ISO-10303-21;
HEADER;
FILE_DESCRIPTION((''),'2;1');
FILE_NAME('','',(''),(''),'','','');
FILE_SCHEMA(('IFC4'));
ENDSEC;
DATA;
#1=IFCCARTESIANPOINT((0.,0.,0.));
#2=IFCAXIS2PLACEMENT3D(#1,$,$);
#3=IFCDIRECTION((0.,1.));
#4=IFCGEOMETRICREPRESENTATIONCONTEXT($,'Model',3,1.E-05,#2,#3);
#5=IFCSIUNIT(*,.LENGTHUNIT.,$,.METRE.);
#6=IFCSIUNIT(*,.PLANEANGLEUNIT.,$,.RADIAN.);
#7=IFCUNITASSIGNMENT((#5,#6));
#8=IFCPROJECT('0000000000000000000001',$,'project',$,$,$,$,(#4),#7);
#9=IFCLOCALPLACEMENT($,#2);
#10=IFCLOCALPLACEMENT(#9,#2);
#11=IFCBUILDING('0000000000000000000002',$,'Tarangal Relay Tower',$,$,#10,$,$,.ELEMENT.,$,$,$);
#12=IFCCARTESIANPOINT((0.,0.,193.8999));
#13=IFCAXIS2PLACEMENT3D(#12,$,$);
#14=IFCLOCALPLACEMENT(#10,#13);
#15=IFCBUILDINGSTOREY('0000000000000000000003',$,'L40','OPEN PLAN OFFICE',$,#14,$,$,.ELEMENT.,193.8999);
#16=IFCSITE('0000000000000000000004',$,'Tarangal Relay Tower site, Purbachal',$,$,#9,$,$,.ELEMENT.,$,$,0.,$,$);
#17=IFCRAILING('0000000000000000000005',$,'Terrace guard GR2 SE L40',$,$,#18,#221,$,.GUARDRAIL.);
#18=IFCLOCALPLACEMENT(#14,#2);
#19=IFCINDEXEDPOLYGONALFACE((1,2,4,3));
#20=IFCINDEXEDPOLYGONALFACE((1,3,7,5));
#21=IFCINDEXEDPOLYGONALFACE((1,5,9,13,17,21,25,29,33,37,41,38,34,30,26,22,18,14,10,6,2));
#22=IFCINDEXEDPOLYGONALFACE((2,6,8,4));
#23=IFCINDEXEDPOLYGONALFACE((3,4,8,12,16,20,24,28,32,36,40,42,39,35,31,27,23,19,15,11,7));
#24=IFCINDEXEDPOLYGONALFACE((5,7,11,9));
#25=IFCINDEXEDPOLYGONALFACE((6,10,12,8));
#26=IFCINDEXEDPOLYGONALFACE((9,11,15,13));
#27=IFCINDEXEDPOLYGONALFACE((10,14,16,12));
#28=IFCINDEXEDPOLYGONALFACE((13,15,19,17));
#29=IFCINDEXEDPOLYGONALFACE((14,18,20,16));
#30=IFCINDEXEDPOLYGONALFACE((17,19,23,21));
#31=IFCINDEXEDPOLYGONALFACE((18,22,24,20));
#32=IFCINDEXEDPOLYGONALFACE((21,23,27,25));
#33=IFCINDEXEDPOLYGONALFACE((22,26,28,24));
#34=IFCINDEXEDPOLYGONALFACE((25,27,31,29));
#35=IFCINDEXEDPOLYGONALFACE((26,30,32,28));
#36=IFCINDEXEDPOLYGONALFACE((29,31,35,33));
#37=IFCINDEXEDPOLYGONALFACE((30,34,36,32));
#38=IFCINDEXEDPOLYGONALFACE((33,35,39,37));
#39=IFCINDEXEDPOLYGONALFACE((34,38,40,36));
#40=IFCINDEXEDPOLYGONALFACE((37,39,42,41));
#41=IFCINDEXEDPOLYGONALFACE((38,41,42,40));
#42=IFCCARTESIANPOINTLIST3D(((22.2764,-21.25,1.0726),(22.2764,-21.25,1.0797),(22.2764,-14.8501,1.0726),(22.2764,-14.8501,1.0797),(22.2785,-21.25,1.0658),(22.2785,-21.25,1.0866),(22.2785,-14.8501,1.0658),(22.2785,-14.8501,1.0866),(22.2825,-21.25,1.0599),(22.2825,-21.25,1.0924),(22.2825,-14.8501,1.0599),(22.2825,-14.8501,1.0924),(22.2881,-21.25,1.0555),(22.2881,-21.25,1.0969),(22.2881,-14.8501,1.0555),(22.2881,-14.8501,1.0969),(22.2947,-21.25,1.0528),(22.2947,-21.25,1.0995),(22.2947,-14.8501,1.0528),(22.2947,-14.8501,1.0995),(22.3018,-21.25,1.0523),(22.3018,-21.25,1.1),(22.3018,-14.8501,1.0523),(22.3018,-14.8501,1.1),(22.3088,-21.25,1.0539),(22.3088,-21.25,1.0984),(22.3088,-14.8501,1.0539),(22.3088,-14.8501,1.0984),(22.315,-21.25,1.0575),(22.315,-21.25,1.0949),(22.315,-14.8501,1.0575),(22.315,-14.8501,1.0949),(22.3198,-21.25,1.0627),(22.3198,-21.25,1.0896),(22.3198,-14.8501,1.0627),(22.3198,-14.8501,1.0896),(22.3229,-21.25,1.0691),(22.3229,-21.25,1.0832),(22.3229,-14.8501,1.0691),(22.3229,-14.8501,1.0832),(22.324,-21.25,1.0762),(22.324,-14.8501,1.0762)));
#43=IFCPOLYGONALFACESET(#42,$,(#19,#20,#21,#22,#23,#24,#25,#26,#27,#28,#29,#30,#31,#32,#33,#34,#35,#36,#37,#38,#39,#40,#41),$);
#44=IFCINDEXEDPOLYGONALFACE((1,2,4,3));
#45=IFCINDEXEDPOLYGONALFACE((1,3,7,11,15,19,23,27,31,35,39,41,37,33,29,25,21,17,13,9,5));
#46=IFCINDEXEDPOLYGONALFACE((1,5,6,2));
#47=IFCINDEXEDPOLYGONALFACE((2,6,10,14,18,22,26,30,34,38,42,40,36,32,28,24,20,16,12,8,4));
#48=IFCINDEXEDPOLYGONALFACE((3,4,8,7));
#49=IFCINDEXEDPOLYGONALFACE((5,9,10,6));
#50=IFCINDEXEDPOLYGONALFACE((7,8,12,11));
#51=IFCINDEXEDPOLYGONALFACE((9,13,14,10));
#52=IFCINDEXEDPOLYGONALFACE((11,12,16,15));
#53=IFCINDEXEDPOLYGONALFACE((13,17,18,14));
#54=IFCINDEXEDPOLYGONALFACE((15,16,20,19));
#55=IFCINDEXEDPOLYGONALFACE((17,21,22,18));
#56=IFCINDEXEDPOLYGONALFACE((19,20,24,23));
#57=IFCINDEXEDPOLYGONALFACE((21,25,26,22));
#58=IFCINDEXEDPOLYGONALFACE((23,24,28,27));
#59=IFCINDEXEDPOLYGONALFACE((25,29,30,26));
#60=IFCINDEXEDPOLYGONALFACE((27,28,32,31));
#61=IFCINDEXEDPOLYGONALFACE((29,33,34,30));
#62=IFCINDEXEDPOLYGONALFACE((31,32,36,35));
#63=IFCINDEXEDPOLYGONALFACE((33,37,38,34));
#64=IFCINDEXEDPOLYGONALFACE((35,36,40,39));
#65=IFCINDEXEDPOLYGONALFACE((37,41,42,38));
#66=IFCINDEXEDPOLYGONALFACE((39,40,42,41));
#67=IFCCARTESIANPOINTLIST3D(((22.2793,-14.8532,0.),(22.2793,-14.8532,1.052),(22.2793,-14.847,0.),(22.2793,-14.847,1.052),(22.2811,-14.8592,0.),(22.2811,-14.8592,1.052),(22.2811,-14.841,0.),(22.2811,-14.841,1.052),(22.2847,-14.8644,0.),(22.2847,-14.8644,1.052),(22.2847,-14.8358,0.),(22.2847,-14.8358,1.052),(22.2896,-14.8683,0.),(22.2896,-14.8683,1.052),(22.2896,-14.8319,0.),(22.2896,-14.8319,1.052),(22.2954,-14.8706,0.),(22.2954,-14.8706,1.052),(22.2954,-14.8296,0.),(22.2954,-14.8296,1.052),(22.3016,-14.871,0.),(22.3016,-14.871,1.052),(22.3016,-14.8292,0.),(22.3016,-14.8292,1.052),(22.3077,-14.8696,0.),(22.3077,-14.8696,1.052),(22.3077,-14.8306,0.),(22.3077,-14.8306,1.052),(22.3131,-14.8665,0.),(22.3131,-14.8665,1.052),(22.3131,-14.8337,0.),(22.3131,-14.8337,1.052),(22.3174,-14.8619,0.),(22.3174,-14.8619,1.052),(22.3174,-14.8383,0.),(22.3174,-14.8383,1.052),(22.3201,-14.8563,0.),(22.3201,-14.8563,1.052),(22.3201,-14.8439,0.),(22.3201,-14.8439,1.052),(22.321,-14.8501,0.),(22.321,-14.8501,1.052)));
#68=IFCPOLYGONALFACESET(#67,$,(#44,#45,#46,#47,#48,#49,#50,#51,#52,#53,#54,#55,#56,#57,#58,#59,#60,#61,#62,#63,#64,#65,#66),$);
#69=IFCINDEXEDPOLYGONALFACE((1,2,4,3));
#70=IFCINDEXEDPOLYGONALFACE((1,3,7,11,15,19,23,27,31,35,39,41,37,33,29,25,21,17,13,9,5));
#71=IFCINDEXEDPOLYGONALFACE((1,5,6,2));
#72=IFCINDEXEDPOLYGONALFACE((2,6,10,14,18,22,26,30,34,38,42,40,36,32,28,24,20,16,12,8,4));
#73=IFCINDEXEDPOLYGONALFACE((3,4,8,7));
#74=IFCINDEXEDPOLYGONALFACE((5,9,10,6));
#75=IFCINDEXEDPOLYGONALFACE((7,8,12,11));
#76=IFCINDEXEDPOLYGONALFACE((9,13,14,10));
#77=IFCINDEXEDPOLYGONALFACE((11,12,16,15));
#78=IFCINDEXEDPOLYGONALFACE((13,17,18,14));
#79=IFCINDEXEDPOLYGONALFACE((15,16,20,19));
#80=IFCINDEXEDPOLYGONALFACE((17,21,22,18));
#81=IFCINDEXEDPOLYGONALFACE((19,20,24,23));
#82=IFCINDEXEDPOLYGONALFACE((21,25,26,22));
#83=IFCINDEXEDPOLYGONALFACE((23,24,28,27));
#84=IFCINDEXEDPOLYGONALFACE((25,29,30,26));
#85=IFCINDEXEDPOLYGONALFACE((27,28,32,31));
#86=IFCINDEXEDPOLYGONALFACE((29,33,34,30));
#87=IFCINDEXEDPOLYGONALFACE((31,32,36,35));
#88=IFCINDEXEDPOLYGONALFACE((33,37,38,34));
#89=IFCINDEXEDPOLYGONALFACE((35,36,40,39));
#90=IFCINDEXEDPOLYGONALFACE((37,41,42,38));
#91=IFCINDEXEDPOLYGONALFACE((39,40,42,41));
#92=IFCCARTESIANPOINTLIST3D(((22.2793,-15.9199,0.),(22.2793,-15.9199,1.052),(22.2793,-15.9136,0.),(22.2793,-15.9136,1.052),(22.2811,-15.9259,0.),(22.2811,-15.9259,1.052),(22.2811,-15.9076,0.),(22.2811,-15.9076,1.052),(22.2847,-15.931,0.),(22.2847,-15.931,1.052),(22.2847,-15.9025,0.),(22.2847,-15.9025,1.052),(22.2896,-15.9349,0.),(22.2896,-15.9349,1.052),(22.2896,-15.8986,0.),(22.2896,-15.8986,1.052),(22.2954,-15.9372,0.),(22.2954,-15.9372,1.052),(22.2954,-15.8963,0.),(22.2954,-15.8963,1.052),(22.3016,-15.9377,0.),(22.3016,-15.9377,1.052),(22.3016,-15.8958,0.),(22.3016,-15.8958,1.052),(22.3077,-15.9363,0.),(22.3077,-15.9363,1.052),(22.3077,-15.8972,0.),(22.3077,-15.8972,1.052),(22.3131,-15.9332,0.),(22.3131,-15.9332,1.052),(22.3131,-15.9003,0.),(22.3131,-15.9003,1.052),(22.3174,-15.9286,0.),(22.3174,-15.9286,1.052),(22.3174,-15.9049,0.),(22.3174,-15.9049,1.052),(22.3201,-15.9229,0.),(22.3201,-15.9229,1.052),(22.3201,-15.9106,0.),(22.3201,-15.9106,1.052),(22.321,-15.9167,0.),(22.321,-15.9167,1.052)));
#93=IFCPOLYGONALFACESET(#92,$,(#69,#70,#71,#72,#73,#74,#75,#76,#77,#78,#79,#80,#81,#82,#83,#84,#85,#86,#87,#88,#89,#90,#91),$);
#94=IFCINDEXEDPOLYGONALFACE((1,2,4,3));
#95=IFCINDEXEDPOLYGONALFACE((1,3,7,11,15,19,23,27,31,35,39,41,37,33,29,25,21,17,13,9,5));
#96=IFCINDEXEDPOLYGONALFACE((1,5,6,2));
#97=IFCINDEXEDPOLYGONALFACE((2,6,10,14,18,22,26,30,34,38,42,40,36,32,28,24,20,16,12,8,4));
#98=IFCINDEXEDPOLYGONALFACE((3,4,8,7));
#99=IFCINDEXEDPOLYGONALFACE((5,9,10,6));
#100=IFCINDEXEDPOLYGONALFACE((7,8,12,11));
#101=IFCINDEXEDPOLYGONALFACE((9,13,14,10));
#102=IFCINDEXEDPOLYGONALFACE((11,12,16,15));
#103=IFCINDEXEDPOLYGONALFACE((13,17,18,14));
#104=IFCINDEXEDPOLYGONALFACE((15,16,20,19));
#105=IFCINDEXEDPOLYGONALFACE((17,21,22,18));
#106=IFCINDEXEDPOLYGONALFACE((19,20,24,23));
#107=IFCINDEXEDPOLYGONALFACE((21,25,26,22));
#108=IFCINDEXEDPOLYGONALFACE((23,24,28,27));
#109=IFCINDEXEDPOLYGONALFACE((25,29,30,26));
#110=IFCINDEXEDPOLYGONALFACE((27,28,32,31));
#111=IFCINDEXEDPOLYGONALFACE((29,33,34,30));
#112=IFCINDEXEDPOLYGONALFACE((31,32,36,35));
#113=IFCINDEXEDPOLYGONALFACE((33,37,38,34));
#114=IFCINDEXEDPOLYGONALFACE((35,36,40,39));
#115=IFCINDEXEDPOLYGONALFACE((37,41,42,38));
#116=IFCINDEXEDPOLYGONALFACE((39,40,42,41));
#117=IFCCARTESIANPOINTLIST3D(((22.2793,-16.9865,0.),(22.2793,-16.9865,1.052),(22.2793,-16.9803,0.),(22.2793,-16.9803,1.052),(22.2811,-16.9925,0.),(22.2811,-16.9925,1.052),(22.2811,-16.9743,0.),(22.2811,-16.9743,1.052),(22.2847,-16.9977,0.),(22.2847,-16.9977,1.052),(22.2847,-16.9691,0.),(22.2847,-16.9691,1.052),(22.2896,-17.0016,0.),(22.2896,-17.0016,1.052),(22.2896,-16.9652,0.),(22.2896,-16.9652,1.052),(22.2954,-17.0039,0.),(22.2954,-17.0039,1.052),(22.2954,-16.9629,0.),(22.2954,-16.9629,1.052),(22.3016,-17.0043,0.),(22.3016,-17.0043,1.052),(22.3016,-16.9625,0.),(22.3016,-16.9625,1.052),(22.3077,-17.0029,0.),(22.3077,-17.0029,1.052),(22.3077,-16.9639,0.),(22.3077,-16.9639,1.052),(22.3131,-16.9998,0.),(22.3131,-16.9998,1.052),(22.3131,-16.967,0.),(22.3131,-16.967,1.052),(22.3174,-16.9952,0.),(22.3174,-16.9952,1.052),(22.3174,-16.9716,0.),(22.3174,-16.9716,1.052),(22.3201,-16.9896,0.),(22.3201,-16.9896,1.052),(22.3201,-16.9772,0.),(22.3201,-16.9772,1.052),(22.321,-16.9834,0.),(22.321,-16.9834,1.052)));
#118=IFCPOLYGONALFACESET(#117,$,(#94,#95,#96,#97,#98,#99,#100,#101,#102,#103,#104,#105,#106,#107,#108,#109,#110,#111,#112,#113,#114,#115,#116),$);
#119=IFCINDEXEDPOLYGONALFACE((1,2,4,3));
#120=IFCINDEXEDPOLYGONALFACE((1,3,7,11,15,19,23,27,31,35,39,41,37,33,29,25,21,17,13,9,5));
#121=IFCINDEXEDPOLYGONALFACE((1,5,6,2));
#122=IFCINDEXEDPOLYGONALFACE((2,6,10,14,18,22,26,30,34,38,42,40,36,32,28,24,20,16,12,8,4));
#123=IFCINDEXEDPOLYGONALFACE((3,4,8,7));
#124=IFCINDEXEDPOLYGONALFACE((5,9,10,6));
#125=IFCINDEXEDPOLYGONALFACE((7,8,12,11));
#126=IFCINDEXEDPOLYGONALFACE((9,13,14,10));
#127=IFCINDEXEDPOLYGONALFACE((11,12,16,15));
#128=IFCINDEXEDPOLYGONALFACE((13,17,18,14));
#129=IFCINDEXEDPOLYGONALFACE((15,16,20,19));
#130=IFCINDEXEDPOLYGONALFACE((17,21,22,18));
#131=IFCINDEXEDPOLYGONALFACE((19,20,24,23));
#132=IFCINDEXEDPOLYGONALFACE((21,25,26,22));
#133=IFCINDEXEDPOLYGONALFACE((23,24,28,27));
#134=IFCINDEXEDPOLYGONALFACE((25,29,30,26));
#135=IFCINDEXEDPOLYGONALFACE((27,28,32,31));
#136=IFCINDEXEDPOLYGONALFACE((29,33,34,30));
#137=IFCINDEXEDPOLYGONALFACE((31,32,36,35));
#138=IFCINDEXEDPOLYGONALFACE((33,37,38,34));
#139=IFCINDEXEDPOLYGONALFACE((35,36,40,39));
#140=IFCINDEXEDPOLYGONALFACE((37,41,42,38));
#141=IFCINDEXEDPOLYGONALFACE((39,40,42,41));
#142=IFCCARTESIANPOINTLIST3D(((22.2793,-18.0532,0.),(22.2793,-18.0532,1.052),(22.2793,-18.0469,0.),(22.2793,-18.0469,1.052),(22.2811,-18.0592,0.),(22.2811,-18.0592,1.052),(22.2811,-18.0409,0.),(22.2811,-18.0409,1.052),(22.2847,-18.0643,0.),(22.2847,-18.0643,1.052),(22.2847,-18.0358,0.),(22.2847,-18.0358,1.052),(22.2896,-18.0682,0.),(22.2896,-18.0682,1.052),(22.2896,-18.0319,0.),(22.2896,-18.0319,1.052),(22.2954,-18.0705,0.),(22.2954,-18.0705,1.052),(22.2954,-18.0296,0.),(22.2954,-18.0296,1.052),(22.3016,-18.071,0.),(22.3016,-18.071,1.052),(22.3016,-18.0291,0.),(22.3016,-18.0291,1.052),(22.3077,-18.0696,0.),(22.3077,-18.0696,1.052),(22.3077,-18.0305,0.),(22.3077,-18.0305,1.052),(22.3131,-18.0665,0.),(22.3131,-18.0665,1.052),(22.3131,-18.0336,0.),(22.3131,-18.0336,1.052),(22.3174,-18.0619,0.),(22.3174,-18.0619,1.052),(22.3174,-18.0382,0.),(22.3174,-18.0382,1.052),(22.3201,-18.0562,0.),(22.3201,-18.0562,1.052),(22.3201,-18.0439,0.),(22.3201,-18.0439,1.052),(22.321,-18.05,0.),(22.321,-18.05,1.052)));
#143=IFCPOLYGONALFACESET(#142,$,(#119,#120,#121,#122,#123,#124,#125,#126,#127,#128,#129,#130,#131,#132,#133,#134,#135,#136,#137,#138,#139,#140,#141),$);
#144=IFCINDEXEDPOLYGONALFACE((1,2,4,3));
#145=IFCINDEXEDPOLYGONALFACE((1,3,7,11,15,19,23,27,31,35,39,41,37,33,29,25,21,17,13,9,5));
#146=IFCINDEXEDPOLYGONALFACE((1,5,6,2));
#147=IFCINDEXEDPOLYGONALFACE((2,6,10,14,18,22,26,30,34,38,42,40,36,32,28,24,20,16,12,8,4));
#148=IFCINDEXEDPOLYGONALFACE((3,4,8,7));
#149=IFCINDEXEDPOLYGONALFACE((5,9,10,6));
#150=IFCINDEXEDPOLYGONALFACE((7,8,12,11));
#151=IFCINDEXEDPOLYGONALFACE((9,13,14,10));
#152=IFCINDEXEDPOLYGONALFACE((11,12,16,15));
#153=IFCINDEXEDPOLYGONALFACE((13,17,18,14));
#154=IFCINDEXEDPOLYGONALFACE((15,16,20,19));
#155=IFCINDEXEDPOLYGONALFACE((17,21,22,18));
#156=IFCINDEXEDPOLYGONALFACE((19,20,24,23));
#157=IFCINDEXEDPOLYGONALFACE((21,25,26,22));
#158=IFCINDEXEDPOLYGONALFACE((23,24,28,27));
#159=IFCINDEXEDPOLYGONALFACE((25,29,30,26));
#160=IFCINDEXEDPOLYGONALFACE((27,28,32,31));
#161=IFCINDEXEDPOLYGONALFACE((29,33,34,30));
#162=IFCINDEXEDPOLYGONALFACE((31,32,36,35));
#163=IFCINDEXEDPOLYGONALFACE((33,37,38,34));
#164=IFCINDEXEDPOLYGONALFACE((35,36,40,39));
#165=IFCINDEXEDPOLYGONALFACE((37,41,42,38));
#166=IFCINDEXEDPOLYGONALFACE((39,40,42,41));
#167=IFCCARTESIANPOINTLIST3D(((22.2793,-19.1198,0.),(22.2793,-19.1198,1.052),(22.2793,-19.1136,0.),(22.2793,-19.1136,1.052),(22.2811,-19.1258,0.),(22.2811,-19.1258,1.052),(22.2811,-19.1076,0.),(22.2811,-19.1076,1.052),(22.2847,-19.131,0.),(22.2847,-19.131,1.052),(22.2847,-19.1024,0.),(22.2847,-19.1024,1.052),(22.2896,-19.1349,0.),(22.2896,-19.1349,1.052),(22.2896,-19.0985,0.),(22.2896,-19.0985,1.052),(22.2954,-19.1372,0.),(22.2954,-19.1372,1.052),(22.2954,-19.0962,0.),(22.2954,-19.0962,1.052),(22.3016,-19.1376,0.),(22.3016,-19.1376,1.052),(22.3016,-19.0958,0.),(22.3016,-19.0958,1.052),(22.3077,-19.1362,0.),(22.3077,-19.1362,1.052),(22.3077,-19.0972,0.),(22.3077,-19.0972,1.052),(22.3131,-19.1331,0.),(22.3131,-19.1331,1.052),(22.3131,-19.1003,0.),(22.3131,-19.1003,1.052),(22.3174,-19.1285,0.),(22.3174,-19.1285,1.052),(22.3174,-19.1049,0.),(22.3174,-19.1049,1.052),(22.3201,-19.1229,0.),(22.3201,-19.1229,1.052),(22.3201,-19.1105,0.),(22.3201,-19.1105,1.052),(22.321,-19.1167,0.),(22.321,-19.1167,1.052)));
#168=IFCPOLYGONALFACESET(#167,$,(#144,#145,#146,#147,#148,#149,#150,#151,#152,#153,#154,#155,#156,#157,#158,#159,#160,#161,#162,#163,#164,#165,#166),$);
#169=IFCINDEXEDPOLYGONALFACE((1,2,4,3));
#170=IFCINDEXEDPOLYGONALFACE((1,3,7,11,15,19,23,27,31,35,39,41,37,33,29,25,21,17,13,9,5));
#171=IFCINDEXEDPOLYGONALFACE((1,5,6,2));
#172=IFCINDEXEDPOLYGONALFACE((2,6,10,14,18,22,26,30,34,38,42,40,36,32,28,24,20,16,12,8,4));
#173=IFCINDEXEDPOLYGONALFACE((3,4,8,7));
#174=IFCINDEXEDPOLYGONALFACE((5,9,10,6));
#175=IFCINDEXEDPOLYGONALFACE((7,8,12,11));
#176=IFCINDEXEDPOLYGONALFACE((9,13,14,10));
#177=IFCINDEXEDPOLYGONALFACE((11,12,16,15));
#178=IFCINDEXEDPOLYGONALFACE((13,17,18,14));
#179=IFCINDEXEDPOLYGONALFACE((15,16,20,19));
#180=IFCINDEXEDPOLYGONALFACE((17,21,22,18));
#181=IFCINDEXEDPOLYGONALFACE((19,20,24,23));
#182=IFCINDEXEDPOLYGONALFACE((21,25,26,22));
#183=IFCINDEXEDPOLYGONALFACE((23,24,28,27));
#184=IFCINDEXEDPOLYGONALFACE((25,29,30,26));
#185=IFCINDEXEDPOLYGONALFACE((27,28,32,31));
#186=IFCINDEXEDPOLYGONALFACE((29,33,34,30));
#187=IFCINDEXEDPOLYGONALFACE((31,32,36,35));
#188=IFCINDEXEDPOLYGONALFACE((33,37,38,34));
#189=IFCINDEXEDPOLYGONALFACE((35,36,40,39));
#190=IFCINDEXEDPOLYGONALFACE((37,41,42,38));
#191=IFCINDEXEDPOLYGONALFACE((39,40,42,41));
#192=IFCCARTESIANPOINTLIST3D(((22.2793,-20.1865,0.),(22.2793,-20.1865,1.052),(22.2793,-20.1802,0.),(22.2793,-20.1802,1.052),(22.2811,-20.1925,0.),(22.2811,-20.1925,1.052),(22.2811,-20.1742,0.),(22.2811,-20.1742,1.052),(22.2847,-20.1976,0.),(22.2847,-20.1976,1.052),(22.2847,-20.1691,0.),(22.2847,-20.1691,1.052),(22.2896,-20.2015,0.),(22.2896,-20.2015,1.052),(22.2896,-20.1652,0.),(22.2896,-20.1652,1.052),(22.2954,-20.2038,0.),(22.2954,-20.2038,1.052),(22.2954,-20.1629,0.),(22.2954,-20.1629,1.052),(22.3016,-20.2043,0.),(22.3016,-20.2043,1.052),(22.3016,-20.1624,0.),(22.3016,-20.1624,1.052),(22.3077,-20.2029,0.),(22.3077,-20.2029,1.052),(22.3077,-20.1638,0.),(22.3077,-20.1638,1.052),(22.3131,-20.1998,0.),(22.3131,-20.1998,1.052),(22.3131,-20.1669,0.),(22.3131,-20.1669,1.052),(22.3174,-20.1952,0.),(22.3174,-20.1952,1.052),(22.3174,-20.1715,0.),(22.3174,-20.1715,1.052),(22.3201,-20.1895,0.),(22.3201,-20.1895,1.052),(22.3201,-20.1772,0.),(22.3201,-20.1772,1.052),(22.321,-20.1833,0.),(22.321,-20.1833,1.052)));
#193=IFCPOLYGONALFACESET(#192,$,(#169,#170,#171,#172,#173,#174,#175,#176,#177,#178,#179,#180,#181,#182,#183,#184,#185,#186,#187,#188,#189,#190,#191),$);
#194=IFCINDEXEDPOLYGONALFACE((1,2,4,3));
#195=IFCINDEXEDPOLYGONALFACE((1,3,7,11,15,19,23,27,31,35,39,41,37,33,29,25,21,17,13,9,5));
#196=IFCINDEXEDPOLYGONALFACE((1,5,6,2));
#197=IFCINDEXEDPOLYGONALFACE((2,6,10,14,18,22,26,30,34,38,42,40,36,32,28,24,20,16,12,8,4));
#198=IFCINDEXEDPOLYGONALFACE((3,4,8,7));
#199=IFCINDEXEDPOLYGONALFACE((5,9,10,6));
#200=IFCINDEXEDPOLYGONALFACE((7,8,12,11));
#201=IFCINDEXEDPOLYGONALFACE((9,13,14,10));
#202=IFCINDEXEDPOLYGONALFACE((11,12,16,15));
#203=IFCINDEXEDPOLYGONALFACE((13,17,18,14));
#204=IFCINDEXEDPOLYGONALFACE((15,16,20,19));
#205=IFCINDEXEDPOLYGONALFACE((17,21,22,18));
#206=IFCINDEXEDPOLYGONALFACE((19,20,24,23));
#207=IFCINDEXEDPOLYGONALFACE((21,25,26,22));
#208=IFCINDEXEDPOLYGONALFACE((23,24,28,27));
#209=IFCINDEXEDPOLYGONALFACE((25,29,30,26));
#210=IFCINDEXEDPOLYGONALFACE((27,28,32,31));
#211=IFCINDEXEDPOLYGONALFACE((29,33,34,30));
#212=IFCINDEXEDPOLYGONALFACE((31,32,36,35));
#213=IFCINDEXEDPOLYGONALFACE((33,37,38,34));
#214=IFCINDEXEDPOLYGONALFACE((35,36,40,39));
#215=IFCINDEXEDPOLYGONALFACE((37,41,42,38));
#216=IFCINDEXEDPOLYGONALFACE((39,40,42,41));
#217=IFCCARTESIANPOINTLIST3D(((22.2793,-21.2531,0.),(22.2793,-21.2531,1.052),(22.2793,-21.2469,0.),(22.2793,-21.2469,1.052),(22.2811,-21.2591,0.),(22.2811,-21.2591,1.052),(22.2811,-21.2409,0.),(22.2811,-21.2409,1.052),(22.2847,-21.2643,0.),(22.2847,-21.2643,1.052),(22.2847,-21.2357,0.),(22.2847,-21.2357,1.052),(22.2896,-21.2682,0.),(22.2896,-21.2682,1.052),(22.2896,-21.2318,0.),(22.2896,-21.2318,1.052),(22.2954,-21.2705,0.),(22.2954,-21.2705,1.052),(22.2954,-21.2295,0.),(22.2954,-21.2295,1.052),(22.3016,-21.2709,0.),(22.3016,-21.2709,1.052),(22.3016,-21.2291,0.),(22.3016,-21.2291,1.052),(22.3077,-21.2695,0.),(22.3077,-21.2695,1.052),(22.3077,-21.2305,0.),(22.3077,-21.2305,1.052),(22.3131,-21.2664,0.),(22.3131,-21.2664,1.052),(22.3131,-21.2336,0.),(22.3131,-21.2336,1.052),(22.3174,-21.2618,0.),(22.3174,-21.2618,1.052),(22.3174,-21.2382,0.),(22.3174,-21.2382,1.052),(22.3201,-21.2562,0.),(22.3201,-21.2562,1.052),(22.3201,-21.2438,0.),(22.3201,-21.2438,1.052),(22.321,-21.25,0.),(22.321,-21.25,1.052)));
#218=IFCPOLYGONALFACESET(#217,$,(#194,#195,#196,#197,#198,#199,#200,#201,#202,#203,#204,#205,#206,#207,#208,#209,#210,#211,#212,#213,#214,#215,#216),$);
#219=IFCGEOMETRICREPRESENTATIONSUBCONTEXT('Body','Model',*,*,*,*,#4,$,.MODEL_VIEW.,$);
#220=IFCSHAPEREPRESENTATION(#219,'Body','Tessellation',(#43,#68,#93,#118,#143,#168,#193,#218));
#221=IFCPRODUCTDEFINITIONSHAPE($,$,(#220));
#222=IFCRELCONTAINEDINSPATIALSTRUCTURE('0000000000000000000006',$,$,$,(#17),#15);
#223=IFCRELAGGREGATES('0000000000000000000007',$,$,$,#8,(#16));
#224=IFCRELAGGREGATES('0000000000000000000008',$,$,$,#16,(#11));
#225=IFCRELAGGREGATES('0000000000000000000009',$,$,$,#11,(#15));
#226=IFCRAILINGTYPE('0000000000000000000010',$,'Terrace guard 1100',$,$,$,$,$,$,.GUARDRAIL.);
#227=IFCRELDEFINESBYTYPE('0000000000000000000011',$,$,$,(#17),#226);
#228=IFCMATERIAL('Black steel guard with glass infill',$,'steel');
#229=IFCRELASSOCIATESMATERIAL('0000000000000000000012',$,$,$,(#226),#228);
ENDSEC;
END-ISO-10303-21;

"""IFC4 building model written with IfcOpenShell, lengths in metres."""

from ifc_helpers import new_model, si_unit, direction, frame, origin, origin_2d, place, context, subcontext, project, spatial, circle, extrude, material, type_object, element, save


model = new_model("IFC4")

# Units and contexts
model_context = context("Model", 3, precision=1e-05, world=origin(), true_north=direction((0.0, 1.0)))
body_context = subcontext(model_context, "Body", "Model", "MODEL_VIEW")
ifc_project = project(units=[si_unit("LENGTHUNIT", "METRE"), si_unit("PLANEANGLEUNIT", "RADIAN")], contexts=[model_context])

# Site, building, storey
site_placement = place(None, origin())
site = spatial("IfcSite", under=ifc_project, at=site_placement, Name="Tarangal Relay Tower site, Purbachal", CompositionType="ELEMENT", RefElevation=0.0)
building_placement = place(site_placement, origin())
building = spatial("IfcBuilding", under=site, at=building_placement, Name="Tarangal Relay Tower", CompositionType="ELEMENT")
storey_placement = place(building_placement, frame((0.0, 0.0, 193.8999)))
storey = spatial("IfcBuildingStorey", under=building, at=storey_placement, Name="L40", Description="OPEN PLAN OFFICE", CompositionType="ELEMENT", Elevation=193.8999)

# Railing
ifc_material_1 = material(Name="Black steel guard with glass infill", Category="steel")
railing_type = type_object("IfcRailingType", Name="Terrace guard 1100", PredefinedType="GUARDRAIL", material=ifc_material_1)
railing_1_placement = place(storey_placement, frame((22.3, -14.8501, 0.0)))
element("IfcRailing", 1, at=railing_1_placement, inside=storey, type_object=railing_type, Name="Terrace guard GR2 SE L40", PredefinedType="GUARDRAIL", context=body_context, shape_type="SweptSolid", body=[
    extrude(circle(Radius=0.0239, at=origin_2d()), frame((0.0, 0.0, 1.0762), z_axis=(0.0, -1.0, 0.0), x_axis=(1.0, 0.0, 0.0)), (0.0, 0.0, 1.0), 6.3999),
    extrude(circle(Radius=0.021, at=origin_2d()), origin(), (0.0, 0.0, 1.0), 1.052),
    extrude(circle(Radius=0.021, at=origin_2d()), frame((0.0, -1.0667, 0.0)), (0.0, 0.0, 1.0), 1.052),
    extrude(circle(Radius=0.021, at=origin_2d()), frame((0.0, -2.1333, 0.0)), (0.0, 0.0, 1.0), 1.052),
    extrude(circle(Radius=0.021, at=origin_2d()), frame((0.0, -3.2, 0.0)), (0.0, 0.0, 1.0), 1.052),
    extrude(circle(Radius=0.021, at=origin_2d()), frame((0.0, -4.2666, 0.0)), (0.0, 0.0, 1.0), 1.052),
    extrude(circle(Radius=0.021, at=origin_2d()), frame((0.0, -5.3333, 0.0)), (0.0, 0.0, 1.0), 1.052),
    extrude(circle(Radius=0.021, at=origin_2d()), frame((0.0, -6.3999, 0.0)), (0.0, 0.0, 1.0), 1.052),
])

save(model, "model.ifc")
